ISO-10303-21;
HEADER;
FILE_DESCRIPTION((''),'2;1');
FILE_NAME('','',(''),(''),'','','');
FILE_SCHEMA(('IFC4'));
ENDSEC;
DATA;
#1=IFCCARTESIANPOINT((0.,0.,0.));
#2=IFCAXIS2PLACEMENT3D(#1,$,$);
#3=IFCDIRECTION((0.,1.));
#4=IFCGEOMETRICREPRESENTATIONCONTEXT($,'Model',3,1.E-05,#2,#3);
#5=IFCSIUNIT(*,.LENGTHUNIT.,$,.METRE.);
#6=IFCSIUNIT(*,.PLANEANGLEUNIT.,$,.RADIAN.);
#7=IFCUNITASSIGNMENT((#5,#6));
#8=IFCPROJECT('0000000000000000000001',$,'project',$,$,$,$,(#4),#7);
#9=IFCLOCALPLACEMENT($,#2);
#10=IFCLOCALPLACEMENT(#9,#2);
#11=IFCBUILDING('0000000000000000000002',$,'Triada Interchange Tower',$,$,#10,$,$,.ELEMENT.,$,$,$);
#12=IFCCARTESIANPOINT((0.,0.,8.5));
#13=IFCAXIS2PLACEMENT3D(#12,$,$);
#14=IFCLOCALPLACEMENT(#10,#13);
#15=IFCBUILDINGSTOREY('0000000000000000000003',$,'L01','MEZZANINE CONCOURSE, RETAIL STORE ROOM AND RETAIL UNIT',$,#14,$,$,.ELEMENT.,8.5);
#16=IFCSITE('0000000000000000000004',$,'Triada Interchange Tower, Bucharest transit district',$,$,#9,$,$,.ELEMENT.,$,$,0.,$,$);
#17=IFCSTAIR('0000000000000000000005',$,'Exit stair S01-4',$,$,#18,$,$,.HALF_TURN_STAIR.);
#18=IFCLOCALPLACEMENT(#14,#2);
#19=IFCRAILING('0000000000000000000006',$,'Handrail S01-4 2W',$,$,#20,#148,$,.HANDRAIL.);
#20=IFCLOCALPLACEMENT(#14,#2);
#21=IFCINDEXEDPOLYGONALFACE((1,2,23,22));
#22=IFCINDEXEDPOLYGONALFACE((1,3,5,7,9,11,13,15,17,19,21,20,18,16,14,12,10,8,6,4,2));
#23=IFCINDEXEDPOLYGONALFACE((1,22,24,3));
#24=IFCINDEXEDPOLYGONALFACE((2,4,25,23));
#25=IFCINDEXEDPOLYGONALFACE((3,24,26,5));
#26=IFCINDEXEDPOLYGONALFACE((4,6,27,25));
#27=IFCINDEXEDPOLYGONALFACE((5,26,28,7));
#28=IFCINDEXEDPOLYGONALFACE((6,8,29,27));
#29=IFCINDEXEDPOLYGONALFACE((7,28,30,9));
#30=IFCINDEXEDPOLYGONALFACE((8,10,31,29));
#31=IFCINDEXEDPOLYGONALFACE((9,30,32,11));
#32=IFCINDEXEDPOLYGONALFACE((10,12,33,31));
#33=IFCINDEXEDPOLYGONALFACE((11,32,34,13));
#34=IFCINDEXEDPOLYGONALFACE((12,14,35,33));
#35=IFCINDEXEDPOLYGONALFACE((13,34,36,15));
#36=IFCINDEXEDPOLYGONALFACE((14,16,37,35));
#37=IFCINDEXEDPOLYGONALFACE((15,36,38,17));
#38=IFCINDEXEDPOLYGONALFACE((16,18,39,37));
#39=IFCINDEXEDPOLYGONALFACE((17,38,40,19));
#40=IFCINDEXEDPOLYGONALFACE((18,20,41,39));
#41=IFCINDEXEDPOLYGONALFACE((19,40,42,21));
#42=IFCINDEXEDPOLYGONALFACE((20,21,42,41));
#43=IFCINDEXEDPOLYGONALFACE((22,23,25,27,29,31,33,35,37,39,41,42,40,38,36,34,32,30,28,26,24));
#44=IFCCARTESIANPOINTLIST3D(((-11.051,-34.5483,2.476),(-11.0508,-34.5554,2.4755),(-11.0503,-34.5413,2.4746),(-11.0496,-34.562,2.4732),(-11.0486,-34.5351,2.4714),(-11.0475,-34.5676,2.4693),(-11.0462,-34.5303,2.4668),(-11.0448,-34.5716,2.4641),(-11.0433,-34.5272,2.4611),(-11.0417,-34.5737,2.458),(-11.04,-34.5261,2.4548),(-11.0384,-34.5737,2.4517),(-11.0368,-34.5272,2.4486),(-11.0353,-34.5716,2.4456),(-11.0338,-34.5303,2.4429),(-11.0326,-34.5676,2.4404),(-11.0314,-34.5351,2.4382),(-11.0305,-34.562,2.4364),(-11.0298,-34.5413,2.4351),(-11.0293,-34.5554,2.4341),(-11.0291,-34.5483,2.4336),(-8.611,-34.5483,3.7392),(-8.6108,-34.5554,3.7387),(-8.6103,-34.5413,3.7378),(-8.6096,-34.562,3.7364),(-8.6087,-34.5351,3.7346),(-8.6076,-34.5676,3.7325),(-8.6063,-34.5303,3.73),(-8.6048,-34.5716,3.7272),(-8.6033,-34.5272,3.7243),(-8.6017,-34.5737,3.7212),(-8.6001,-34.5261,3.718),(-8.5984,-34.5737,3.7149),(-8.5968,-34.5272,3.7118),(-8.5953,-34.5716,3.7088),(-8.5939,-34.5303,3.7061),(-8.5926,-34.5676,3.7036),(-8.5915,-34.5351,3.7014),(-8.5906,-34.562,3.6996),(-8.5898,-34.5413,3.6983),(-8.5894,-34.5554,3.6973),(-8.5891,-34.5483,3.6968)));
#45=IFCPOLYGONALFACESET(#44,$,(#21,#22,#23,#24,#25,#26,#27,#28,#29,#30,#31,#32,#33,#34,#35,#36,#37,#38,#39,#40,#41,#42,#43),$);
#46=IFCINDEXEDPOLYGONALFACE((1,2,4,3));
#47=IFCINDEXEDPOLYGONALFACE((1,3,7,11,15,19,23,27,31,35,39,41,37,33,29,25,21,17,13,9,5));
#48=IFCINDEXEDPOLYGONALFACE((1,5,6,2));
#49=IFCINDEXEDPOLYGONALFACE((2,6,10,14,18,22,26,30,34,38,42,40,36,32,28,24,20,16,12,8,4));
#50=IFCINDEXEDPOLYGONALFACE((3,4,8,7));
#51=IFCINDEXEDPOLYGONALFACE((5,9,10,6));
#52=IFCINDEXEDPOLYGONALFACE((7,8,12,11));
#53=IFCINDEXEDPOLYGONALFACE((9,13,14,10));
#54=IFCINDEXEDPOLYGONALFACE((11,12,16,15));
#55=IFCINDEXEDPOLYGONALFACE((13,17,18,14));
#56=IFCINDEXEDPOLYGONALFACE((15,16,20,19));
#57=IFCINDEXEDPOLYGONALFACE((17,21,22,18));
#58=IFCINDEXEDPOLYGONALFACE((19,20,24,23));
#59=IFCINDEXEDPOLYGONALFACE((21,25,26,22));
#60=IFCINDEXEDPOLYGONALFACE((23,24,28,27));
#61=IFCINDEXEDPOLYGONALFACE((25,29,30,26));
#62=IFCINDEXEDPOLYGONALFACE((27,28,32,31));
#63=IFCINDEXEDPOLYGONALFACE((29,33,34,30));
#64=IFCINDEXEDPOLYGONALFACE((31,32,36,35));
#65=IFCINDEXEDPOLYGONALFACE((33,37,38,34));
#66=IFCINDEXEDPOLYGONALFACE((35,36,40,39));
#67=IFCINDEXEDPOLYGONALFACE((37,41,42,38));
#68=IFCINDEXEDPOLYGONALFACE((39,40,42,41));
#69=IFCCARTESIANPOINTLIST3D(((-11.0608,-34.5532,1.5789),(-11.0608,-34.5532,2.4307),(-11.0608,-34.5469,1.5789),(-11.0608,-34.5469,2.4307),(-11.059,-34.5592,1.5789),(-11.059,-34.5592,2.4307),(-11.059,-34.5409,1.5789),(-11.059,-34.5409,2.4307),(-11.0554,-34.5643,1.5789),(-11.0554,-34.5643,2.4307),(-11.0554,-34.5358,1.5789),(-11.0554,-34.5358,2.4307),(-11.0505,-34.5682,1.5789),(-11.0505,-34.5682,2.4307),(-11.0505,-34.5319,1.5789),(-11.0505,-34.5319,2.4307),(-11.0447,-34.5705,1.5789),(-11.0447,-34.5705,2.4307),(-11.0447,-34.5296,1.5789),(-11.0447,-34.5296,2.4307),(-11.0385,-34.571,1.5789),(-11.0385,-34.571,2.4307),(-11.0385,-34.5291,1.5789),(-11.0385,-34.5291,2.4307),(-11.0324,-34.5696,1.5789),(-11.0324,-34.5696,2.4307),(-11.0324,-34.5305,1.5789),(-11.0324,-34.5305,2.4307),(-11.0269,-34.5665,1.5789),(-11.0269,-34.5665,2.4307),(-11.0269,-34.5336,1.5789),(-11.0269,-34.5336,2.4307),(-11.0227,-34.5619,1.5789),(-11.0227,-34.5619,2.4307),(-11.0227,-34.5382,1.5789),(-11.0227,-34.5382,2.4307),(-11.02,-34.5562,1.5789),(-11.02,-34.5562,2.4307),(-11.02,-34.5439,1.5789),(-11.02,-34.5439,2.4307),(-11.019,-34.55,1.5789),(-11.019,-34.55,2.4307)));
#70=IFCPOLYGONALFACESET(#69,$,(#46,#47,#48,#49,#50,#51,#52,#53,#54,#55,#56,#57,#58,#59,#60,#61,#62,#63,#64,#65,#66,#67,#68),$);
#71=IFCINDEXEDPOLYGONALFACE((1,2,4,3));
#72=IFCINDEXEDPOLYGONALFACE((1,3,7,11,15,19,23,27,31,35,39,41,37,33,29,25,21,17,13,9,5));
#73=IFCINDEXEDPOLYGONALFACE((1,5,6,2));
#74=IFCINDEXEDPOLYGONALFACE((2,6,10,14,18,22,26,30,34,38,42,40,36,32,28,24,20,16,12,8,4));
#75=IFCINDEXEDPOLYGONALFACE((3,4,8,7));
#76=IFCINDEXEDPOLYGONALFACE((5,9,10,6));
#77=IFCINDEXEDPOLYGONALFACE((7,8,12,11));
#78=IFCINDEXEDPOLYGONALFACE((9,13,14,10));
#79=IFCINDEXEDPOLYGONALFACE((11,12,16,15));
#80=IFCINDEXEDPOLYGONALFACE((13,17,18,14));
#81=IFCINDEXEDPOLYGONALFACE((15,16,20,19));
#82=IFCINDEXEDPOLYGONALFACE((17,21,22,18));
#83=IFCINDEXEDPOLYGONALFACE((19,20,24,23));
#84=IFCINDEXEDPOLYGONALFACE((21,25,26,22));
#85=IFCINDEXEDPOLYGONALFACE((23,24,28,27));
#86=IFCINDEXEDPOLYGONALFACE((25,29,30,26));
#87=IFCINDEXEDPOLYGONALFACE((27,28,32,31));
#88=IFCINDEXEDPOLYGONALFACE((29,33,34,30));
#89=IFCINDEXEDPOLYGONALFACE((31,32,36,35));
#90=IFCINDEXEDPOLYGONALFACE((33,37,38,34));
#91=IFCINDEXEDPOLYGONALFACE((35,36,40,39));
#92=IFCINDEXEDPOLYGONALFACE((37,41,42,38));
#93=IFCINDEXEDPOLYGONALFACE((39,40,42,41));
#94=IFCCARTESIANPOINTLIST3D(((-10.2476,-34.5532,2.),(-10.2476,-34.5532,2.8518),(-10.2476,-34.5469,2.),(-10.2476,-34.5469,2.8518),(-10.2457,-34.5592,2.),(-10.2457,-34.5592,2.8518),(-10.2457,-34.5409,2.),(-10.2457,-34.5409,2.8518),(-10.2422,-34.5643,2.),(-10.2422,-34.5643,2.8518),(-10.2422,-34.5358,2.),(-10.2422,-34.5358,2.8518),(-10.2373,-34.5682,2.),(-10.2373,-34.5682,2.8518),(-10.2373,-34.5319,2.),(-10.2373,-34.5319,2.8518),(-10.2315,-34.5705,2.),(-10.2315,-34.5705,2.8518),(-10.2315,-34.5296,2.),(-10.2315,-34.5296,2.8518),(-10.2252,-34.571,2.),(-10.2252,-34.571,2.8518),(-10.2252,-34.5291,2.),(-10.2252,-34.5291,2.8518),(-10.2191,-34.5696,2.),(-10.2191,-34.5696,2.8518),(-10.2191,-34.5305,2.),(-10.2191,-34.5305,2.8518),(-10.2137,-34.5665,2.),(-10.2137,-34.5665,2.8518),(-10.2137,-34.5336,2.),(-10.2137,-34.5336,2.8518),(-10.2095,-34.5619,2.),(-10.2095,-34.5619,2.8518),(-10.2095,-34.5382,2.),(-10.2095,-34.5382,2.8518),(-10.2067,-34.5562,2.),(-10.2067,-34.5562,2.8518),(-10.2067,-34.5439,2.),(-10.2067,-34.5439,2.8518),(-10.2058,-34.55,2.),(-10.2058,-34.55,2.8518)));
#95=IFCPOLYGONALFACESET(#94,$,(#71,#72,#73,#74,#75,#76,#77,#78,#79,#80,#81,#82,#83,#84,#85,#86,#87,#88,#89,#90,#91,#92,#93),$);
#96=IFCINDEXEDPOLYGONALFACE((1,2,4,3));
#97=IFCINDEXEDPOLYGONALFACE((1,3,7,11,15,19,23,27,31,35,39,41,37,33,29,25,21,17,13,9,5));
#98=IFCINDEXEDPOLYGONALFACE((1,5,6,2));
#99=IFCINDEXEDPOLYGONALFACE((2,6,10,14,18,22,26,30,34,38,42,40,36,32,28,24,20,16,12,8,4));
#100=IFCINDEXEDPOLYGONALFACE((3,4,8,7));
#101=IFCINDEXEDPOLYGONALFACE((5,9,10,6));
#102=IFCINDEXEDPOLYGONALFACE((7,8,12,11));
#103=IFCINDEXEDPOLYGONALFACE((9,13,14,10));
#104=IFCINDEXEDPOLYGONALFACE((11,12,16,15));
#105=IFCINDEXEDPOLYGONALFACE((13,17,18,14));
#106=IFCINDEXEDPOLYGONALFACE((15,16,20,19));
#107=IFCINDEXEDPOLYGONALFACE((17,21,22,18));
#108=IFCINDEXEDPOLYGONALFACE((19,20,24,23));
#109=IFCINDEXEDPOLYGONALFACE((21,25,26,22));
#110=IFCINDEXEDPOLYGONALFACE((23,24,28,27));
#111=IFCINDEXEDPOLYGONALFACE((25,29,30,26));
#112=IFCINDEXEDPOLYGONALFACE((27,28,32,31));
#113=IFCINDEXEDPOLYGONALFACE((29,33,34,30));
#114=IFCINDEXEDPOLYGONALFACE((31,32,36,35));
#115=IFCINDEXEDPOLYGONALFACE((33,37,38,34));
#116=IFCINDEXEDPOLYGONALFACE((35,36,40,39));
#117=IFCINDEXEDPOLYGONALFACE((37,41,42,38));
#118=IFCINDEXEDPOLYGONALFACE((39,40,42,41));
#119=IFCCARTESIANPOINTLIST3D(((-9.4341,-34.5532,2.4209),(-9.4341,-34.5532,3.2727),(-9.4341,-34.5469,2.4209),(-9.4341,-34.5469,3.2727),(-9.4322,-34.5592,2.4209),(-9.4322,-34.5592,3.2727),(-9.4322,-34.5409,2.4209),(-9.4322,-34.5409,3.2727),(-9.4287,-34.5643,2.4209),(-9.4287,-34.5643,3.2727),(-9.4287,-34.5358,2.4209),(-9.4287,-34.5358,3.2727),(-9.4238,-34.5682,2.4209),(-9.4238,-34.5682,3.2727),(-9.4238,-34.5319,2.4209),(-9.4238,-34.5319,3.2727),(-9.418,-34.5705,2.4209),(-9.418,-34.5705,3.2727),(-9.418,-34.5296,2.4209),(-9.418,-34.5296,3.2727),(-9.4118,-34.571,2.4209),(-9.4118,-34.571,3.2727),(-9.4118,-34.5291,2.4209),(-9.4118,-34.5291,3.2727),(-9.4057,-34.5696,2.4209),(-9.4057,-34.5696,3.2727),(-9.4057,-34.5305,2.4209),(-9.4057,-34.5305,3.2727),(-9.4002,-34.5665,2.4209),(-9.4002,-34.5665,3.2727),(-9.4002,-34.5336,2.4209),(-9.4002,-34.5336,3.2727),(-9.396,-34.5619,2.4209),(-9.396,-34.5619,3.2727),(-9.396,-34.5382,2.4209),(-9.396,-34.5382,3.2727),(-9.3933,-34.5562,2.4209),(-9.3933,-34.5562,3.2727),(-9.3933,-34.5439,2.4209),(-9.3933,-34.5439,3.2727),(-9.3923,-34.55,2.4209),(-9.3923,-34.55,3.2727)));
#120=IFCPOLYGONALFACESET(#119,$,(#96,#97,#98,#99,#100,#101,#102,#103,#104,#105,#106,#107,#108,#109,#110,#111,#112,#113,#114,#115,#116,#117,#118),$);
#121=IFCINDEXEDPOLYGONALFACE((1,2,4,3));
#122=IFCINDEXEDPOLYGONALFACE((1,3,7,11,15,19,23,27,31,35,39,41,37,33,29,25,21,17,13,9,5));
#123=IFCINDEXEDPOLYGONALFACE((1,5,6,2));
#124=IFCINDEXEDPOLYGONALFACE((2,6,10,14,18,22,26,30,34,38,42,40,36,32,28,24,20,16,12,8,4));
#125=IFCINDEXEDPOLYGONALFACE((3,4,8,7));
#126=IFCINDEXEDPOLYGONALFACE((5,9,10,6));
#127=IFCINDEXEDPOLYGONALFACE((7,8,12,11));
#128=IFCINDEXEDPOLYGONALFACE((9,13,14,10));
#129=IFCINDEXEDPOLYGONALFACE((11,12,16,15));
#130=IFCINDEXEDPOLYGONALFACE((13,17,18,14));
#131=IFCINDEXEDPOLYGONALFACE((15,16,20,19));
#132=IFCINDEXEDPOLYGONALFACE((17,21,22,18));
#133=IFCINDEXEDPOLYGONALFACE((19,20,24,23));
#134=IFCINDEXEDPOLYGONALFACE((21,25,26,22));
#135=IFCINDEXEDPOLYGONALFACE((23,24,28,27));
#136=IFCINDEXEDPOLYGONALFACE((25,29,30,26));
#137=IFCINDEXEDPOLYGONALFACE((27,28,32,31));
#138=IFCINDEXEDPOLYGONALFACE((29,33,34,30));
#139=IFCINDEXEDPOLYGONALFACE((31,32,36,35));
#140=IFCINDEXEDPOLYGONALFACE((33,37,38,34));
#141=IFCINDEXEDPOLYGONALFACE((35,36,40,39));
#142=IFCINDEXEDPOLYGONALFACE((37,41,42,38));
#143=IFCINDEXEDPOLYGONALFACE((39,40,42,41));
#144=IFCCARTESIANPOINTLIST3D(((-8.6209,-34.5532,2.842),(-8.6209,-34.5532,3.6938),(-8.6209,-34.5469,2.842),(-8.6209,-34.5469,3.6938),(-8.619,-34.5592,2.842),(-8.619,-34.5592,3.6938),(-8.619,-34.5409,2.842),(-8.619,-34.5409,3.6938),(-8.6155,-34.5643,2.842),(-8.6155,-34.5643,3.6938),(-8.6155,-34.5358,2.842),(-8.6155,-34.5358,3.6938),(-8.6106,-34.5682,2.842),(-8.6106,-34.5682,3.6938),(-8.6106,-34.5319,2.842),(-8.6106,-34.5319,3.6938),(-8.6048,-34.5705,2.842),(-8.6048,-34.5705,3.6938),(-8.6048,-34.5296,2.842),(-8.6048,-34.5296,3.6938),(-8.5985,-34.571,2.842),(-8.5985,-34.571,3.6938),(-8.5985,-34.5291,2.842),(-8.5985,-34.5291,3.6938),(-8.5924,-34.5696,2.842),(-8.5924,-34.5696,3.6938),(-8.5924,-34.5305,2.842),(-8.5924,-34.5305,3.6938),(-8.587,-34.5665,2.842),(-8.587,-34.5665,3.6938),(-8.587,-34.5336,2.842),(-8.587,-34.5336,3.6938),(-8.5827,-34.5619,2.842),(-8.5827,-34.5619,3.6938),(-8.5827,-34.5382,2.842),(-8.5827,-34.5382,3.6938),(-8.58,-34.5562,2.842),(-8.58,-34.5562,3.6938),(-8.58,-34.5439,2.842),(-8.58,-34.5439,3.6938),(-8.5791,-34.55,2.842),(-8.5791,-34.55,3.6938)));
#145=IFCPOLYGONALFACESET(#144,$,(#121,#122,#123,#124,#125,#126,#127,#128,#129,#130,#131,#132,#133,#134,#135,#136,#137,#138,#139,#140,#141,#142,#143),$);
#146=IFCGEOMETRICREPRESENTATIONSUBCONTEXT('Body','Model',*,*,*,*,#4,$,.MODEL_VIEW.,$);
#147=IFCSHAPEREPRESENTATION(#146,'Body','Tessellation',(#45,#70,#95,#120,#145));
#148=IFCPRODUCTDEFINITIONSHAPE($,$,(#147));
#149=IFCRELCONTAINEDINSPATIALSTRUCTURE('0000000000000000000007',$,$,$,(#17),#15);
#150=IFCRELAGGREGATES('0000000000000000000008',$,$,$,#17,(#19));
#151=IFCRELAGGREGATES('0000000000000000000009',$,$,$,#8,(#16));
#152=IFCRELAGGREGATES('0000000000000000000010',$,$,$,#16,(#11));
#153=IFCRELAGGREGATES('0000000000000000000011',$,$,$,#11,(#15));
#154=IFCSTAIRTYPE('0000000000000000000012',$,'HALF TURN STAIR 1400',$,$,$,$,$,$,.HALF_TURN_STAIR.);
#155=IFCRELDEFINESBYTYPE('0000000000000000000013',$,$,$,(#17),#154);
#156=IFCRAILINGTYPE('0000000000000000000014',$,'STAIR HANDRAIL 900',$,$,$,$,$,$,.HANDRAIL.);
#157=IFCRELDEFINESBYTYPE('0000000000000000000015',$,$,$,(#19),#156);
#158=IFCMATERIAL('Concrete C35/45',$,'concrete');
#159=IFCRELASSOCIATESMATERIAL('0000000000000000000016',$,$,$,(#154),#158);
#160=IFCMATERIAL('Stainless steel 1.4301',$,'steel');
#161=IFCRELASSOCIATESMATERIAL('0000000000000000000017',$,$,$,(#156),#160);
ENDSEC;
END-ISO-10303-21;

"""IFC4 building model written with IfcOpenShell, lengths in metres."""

from ifc_helpers import new_model, si_unit, direction, frame, origin, origin_2d, place, context, subcontext, project, spatial, circle, extrude, material, type_object, element, aggregate, save


model = new_model("IFC4")

# Units and contexts
model_context = context("Model", 3, precision=1e-05, world=origin(), true_north=direction((0.0, 1.0)))
body_context = subcontext(model_context, "Body", "Model", "MODEL_VIEW")
ifc_project = project(units=[si_unit("LENGTHUNIT", "METRE"), si_unit("PLANEANGLEUNIT", "RADIAN")], contexts=[model_context])

# Site, building, storey
site_placement = place(None, origin())
site = spatial("IfcSite", under=ifc_project, at=site_placement, Name="Triada Interchange Tower, Bucharest transit district", CompositionType="ELEMENT", RefElevation=0.0)
building_placement = place(site_placement, origin())
building = spatial("IfcBuilding", under=site, at=building_placement, Name="Triada Interchange Tower", CompositionType="ELEMENT")
storey_placement = place(building_placement, frame((0.0, 0.0, 8.5)))
storey = spatial("IfcBuildingStorey", under=building, at=storey_placement, Name="L01", Description="MEZZANINE CONCOURSE, RETAIL STORE ROOM AND RETAIL UNIT", CompositionType="ELEMENT", Elevation=8.5)

# Stair, railing
ifc_material_1 = material(Name="Concrete C35/45", Category="concrete")
stair_type = type_object("IfcStairType", Name="HALF TURN STAIR 1400", PredefinedType="HALF_TURN_STAIR", material=ifc_material_1)
stair_placement = place(storey_placement, origin())
stair = element("IfcStair", 1, at=stair_placement, inside=storey, type_object=stair_type, Name="Exit stair S01-4", PredefinedType="HALF_TURN_STAIR")
ifc_material_2 = material(Name="Stainless steel 1.4301", Category="steel")
railing_type = type_object("IfcRailingType", Name="STAIR HANDRAIL 900", PredefinedType="HANDRAIL", material=ifc_material_2)
railing_1_placement = place(storey_placement, frame((-11.04, -34.55, 1.5789)))
railing_1 = element("IfcRailing", 2, at=railing_1_placement, type_object=railing_type, Name="Handrail S01-4 2W", PredefinedType="HANDRAIL", context=body_context, shape_type="SweptSolid", body=[
    extrude(circle(Radius=0.0239, at=origin_2d()), frame((0.0, 0.0, 0.876), z_axis=(0.888048, 0.0, 0.459752), x_axis=(0.0, 1.0, 0.0)), (0.0, 0.0, 1.0), 2.7476),
    extrude(circle(Radius=0.021, at=origin_2d()), origin(), (0.0, 0.0, 1.0), 0.8518),
    extrude(circle(Radius=0.021, at=origin_2d()), frame((0.8132, 0.0, 0.4211)), (0.0, 0.0, 1.0), 0.8518),
    extrude(circle(Radius=0.021, at=origin_2d()), frame((1.6267, 0.0, 0.842)), (0.0, 0.0, 1.0), 0.8518),
    extrude(circle(Radius=0.021, at=origin_2d()), frame((2.4399, 0.0, 1.2632)), (0.0, 0.0, 1.0), 0.8518),
])
aggregate(stair, [railing_1])

save(model, "model.ifc")
